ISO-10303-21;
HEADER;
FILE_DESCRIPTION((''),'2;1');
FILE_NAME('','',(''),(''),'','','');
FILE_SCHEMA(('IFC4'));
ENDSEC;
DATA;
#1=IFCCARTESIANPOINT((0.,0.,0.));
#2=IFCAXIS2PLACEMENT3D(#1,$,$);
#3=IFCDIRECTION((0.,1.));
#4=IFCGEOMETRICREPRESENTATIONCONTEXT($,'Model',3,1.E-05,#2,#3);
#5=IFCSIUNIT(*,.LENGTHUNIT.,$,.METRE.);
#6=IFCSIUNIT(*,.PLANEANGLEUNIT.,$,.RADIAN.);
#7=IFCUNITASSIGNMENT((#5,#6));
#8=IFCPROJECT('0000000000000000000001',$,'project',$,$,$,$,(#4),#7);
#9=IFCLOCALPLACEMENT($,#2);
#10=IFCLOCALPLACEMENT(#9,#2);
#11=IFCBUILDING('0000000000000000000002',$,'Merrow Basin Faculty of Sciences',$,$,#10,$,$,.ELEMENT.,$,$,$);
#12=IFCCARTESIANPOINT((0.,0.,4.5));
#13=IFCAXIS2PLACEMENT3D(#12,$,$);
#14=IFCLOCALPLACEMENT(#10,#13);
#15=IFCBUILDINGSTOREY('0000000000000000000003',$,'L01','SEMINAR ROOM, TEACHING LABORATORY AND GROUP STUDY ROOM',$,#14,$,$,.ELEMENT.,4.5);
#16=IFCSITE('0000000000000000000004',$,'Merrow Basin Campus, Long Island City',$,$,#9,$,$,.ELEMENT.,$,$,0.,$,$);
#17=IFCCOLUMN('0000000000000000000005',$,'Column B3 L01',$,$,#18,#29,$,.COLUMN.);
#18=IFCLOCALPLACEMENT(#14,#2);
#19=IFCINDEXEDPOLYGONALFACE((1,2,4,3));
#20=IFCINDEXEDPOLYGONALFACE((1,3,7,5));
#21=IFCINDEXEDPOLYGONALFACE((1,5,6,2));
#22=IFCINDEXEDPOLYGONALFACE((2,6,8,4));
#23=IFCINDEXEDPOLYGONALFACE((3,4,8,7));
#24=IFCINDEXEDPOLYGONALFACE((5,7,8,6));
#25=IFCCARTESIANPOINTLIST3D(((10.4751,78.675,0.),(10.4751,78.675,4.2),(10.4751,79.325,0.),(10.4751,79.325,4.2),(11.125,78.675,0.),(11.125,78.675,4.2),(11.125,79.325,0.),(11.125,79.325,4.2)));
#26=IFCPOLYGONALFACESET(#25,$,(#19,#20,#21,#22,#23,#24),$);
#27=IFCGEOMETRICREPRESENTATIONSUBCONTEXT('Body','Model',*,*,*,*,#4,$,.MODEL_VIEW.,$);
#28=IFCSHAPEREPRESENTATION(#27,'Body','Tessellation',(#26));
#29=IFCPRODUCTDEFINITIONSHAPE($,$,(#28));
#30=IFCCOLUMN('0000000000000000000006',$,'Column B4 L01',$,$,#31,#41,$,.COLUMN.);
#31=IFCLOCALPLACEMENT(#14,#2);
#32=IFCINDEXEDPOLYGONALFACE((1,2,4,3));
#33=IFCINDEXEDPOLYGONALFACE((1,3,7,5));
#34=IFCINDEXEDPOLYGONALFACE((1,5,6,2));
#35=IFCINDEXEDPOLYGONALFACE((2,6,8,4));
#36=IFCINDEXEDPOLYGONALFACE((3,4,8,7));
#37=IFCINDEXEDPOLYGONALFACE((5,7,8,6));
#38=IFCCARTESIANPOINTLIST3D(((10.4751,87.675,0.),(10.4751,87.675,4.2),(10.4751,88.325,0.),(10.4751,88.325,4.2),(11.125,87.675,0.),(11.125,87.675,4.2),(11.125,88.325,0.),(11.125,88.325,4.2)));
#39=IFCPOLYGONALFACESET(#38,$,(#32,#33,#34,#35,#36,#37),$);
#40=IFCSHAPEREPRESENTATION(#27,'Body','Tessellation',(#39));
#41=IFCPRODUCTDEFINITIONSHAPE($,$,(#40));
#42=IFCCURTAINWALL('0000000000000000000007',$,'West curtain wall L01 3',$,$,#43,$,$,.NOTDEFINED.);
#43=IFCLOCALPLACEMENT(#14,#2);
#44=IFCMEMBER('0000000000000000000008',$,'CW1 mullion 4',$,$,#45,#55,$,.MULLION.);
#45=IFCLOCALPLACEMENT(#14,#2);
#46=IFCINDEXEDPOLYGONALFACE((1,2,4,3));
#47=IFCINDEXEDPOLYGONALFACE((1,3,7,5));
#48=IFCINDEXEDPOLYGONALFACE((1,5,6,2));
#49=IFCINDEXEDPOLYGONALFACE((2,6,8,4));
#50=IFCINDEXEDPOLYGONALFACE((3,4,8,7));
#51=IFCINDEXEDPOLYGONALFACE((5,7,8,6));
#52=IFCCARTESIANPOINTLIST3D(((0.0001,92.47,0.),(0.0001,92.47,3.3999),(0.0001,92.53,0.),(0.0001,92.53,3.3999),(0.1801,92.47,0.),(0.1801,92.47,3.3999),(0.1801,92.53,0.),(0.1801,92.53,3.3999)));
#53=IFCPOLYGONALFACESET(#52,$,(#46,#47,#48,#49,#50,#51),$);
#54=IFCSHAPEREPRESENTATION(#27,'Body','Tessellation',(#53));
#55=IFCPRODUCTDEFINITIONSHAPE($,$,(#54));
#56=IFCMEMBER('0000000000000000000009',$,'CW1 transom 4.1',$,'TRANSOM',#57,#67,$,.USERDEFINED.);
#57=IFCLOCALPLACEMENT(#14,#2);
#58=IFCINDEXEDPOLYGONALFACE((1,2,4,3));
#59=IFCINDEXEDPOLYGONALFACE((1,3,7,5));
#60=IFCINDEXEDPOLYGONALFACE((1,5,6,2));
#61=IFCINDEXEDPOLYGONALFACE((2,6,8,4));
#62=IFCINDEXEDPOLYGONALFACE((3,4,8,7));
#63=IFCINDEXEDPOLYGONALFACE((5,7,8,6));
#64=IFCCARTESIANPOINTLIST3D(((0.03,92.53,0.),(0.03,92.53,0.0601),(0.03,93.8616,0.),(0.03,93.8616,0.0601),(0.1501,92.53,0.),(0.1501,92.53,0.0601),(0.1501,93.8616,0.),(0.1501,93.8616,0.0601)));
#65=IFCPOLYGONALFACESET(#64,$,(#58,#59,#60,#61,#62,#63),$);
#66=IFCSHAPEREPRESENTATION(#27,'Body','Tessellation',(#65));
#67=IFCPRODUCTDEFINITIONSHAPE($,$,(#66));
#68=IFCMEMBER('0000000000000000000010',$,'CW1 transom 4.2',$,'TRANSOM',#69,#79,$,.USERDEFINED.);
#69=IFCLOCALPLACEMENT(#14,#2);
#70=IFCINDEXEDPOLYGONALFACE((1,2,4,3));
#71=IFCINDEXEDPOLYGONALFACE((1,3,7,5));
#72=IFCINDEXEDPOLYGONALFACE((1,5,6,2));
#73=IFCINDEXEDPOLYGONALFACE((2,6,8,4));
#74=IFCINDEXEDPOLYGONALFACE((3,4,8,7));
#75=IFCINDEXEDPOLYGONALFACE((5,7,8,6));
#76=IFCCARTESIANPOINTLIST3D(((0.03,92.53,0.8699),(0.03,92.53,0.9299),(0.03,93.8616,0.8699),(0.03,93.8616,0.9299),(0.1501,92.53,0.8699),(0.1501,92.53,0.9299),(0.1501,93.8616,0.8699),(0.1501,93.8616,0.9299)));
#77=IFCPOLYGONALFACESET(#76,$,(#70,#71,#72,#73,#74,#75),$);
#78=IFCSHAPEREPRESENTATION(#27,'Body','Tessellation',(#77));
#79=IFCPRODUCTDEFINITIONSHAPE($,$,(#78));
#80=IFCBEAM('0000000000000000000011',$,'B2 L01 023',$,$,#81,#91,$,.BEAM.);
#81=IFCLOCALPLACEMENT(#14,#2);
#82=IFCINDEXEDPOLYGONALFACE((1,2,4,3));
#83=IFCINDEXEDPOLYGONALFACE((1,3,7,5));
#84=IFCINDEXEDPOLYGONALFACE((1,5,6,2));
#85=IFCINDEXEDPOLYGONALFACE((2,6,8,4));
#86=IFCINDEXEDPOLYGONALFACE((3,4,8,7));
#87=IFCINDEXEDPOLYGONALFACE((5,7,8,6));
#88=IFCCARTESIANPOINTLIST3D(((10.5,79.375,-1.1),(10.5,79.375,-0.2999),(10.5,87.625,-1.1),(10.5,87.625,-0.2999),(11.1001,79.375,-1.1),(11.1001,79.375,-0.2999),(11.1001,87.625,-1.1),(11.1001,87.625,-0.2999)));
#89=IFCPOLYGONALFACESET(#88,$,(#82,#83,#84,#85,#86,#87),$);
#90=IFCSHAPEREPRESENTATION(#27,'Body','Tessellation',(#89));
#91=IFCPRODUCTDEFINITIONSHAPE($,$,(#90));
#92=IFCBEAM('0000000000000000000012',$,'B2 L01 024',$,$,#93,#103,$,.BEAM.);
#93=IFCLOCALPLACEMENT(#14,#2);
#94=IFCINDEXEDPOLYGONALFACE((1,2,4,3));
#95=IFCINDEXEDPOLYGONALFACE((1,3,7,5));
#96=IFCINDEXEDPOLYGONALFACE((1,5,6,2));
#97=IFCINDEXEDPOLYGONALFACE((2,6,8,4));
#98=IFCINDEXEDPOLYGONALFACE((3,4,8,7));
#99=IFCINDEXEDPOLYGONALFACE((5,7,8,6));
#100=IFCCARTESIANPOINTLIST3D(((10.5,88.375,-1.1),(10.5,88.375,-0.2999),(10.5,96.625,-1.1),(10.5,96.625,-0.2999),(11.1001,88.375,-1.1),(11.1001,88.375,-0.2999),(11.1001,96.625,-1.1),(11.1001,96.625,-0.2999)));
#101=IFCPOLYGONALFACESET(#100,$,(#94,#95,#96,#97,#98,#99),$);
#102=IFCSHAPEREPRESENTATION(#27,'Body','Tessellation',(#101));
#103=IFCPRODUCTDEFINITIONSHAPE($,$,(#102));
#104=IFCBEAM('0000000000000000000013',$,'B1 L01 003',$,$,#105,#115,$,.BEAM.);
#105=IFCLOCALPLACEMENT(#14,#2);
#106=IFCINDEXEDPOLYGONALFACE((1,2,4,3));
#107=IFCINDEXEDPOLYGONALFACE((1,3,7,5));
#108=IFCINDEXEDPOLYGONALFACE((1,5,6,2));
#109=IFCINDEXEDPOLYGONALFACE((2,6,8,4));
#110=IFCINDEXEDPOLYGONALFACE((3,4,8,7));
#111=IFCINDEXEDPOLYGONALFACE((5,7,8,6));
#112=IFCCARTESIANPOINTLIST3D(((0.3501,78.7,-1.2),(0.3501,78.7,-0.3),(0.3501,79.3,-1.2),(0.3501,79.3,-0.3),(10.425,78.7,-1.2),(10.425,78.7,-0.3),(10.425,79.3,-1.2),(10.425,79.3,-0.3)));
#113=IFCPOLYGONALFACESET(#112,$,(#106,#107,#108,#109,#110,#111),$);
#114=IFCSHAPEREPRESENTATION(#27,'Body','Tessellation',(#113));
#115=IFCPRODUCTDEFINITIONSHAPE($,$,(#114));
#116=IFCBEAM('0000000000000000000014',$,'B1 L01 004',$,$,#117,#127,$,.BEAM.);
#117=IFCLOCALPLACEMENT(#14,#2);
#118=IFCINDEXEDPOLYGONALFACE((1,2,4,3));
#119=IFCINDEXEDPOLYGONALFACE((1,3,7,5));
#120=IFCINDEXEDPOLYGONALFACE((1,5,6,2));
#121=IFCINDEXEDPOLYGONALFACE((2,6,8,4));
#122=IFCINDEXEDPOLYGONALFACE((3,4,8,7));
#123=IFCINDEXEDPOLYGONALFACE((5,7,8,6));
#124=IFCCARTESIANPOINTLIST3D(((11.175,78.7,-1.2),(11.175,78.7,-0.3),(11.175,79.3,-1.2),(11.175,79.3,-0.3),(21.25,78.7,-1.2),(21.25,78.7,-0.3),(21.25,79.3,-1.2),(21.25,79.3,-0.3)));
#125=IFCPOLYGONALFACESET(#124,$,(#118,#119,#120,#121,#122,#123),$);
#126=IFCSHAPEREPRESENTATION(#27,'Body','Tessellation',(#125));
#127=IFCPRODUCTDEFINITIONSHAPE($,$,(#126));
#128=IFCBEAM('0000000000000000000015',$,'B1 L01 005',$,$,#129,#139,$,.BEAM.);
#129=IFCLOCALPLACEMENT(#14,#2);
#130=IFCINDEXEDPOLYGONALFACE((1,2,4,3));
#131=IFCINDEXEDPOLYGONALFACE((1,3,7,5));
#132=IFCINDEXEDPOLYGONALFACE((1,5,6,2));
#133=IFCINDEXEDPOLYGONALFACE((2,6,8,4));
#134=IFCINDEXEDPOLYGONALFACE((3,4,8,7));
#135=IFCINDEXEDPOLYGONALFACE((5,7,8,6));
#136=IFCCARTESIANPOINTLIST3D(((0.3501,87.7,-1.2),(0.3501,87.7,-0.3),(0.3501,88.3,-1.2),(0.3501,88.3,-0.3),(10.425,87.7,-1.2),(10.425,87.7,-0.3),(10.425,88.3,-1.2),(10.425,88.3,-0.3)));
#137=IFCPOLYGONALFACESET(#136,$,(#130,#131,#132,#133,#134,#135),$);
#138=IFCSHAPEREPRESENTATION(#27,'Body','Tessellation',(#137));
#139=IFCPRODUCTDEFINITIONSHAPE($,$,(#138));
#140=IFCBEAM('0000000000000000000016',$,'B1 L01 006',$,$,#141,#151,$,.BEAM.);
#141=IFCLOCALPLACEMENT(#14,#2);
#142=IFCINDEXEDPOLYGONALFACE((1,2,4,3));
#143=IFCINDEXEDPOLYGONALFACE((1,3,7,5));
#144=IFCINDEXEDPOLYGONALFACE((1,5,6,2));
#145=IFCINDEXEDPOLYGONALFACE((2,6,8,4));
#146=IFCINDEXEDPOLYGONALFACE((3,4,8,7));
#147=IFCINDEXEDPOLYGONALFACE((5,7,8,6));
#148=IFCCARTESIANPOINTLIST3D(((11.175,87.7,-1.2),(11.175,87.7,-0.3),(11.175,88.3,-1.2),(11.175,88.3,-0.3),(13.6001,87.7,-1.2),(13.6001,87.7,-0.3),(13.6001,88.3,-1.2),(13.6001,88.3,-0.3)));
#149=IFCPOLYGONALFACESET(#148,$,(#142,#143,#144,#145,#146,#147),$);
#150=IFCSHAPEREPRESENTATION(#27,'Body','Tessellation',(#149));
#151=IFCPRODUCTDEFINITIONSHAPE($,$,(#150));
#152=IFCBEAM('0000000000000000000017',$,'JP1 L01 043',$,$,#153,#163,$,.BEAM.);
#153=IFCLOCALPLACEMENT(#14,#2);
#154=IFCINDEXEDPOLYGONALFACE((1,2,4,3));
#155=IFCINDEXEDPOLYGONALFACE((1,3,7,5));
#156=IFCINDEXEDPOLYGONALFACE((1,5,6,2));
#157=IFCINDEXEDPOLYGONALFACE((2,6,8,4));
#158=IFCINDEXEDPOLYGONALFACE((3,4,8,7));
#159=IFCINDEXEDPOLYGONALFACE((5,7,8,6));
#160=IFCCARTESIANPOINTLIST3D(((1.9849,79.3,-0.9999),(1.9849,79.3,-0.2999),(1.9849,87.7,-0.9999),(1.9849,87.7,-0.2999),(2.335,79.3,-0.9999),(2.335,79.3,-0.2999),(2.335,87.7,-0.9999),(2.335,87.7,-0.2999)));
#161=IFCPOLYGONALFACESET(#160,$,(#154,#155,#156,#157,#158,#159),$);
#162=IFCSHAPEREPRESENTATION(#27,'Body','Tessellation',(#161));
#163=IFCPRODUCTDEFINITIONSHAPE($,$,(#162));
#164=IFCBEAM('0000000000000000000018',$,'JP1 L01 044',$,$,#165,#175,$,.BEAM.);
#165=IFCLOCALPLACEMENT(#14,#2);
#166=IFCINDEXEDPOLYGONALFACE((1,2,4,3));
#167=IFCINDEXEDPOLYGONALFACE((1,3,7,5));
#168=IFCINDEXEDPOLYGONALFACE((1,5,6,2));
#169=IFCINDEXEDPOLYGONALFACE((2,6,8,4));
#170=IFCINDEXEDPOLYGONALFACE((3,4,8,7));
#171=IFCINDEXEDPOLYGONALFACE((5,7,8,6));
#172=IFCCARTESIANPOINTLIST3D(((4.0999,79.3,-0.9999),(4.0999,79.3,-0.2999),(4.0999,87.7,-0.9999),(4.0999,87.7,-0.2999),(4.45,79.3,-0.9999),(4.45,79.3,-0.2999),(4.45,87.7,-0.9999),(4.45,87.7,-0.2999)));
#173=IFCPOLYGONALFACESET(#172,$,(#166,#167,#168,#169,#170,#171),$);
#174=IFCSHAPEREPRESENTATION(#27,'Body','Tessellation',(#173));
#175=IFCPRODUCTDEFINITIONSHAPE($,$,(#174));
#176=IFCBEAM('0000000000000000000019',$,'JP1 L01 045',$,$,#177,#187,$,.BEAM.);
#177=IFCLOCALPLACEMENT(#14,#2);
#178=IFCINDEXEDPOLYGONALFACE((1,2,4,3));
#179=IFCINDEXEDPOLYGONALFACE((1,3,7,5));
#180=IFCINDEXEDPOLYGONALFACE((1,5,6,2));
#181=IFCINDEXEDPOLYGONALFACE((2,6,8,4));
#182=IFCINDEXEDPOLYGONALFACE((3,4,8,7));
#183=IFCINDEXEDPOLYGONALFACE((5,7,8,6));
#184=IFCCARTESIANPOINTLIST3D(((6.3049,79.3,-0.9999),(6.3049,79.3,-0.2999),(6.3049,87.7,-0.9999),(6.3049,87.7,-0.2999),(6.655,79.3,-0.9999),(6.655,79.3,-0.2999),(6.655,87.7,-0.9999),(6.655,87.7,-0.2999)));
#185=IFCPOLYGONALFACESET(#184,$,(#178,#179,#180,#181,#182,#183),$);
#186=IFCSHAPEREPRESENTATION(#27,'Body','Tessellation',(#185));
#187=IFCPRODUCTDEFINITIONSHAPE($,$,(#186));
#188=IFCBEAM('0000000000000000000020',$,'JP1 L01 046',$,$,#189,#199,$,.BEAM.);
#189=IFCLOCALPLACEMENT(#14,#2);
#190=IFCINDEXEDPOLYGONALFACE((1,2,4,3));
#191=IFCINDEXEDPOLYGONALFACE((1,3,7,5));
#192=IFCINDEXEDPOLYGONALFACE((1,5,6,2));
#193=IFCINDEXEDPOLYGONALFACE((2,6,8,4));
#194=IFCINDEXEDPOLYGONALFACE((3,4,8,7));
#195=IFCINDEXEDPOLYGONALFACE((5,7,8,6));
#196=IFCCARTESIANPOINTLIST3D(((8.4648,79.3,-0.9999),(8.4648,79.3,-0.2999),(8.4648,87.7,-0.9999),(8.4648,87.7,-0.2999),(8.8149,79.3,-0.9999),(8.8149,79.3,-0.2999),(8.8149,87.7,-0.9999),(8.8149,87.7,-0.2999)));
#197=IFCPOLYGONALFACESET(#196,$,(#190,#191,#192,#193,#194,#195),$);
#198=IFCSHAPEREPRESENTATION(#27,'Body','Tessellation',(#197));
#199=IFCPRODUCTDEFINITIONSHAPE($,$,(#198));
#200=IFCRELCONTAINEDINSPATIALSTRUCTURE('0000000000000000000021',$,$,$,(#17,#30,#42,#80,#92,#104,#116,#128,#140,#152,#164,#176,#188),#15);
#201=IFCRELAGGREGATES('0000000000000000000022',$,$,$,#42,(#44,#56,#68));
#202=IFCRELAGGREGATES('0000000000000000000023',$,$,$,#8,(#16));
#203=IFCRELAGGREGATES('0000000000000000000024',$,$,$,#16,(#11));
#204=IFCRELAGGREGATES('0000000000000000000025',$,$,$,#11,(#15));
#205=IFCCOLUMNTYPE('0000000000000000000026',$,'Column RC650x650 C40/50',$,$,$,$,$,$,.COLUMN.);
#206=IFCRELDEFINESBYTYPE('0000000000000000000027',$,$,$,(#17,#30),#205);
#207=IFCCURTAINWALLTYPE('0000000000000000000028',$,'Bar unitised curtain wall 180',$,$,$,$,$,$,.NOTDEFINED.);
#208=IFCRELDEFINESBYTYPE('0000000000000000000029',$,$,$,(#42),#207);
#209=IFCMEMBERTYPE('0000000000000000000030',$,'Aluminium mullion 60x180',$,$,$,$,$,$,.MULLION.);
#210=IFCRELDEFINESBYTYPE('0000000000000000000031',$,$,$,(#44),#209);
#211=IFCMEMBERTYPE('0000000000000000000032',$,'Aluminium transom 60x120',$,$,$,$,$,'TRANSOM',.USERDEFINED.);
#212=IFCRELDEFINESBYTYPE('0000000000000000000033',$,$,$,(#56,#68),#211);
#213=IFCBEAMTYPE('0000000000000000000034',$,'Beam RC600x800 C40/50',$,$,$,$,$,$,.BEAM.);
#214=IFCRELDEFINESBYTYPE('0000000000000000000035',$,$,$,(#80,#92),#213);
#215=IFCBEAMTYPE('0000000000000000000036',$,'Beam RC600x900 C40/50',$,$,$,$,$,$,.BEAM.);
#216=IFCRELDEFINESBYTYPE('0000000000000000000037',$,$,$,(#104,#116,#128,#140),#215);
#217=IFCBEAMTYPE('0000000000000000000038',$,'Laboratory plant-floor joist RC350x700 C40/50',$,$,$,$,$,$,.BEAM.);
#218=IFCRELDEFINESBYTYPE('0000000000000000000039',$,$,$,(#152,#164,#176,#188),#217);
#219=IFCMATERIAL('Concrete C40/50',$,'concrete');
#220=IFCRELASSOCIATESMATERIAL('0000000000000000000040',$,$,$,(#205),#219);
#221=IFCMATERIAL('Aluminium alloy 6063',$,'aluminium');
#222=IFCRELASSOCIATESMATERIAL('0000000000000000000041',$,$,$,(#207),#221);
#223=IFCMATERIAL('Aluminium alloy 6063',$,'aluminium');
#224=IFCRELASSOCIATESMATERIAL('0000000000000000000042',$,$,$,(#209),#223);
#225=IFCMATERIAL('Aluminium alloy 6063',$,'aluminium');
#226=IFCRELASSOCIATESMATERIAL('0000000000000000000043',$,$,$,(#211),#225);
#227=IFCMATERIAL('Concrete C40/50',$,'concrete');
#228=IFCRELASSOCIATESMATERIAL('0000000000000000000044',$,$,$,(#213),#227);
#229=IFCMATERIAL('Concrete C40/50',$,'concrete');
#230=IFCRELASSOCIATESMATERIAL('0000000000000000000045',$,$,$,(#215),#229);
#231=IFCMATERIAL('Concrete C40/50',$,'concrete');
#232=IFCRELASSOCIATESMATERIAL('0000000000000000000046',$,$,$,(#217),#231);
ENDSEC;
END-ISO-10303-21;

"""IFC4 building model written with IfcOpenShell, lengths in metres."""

from ifc_helpers import new_model, si_unit, direction, frame, origin, origin_2d, place, context, subcontext, project, spatial, rectangle, extrude, material, material_profile, profile_set, type_object, element, aggregate, save


model = new_model("IFC4")

# Units and contexts
model_context = context("Model", 3, precision=1e-05, world=origin(), true_north=direction((0.0, 1.0)))
body_context = subcontext(model_context, "Body", "Model", "MODEL_VIEW")
ifc_project = project(units=[si_unit("LENGTHUNIT", "METRE"), si_unit("PLANEANGLEUNIT", "RADIAN")], contexts=[model_context])

# Site, building, storey
site_placement = place(None, origin())
site = spatial("IfcSite", under=ifc_project, at=site_placement, Name="Merrow Basin Campus, Long Island City", CompositionType="ELEMENT", RefElevation=0.0)
building_placement = place(site_placement, origin())
building = spatial("IfcBuilding", under=site, at=building_placement, Name="Merrow Basin Faculty of Sciences", CompositionType="ELEMENT")
storey_placement = place(building_placement, frame((0.0, 0.0, 4.5)))
storey = spatial("IfcBuildingStorey", under=building, at=storey_placement, Name="L01", Description="SEMINAR ROOM, TEACHING LABORATORY AND GROUP STUDY ROOM", CompositionType="ELEMENT", Elevation=4.5)

# Columns
ifc_material_1 = material(Name="Concrete C40/50", Category="concrete")
ifc_material_profile_1 = material_profile(ifc_material_1, rectangle(XDim=0.6499, YDim=0.6499, at=origin_2d()))
ifc_profile_set_1 = profile_set([ifc_material_profile_1], Name="Concrete C40/50")
column_type = type_object("IfcColumnType", Name="Column RC650x650 C40/50", PredefinedType="COLUMN", material=ifc_profile_set_1)
for number, where, z_axis, x_axis, name in (
    (1, (10.8, 79.0, 0.0), (0.0, 0.0, 1.0), (1.0, 0.0, 0.0), "Column B3 L01"),
    (2, (10.8, 88.0, 0.0), (0.0, 0.0, 1.0), (1.0, 0.0, 0.0), "Column B4 L01"),
):
    element("IfcColumn", number, at=place(storey_placement, frame(where, z_axis=z_axis, x_axis=x_axis)), inside=storey, type_object=column_type, Name=name, PredefinedType="COLUMN", context=body_context, shape_type="SweptSolid", body=[
        extrude(rectangle(XDim=0.6499, YDim=0.6499, at=origin_2d()), origin(), (0.0, 0.0, 1.0), 4.2),
    ])

# Curtain wall, members
ifc_material_2 = material(Name="Aluminium alloy 6063", Category="aluminium")
curtain_wall_type = type_object("IfcCurtainWallType", Name="Bar unitised curtain wall 180", PredefinedType="NOTDEFINED", material=ifc_material_2)
curtain_wall_placement = place(storey_placement, origin())
curtain_wall = element("IfcCurtainWall", 3, at=curtain_wall_placement, inside=storey, type_object=curtain_wall_type, Name="West curtain wall L01 3", PredefinedType="NOTDEFINED")
ifc_material_3 = material(Name="Aluminium alloy 6063", Category="aluminium")
ifc_material_profile_2 = material_profile(ifc_material_3, rectangle(XDim=0.1799, YDim=0.0601, at=origin_2d()))
ifc_profile_set_2 = profile_set([ifc_material_profile_2], Name="Aluminium alloy 6063")
member_type_1 = type_object("IfcMemberType", Name="Aluminium mullion 60x180", PredefinedType="MULLION", material=ifc_profile_set_2)
member_1_placement = place(storey_placement, frame((0.0901, 92.5, 0.0), z_axis=(0.0, 0.0, 1.0), x_axis=(-1.0, 0.0, 0.0)))
member_1 = element("IfcMember", 4, at=member_1_placement, type_object=member_type_1, Name="CW1 mullion 4", PredefinedType="MULLION", context=body_context, shape_type="SweptSolid", body=[
    extrude(rectangle(XDim=0.1799, YDim=0.0601, at=origin_2d()), origin(), (0.0, 0.0, 1.0), 3.3999),
])
ifc_material_4 = material(Name="Aluminium alloy 6063", Category="aluminium")
ifc_material_profile_3 = material_profile(ifc_material_4, rectangle(XDim=0.1201, YDim=0.0601, at=origin_2d()))
ifc_profile_set_3 = profile_set([ifc_material_profile_3], Name="Aluminium alloy 6063")
member_type_2 = type_object("IfcMemberType", Name="Aluminium transom 60x120", ElementType="TRANSOM", PredefinedType="USERDEFINED", material=ifc_profile_set_3)
member_2_placement = place(storey_placement, frame((0.0901, 92.53, 0.03), z_axis=(0.0, 1.0, 0.0), x_axis=(-1.0, 0.0, 0.0)))
member_2 = element("IfcMember", 5, at=member_2_placement, type_object=member_type_2, Name="CW1 transom 4.1", ObjectType="TRANSOM", PredefinedType="USERDEFINED", context=body_context, shape_type="SweptSolid", body=[
    extrude(rectangle(XDim=0.1201, YDim=0.0601, at=origin_2d()), origin(), (0.0, 0.0, 1.0), 1.3315),
])
member_3_placement = place(storey_placement, frame((0.0901, 92.53, 0.8999), z_axis=(0.0, 1.0, 0.0), x_axis=(-1.0, 0.0, 0.0)))
member_3 = element("IfcMember", 6, at=member_3_placement, type_object=member_type_2, Name="CW1 transom 4.2", ObjectType="TRANSOM", PredefinedType="USERDEFINED", context=body_context, shape_type="SweptSolid", body=[
    extrude(rectangle(XDim=0.1201, YDim=0.0601, at=origin_2d()), origin(), (0.0, 0.0, 1.0), 1.3315),
])

# Beams
ifc_material_5 = material(Name="Concrete C40/50", Category="concrete")
ifc_material_profile_4 = material_profile(ifc_material_5, rectangle(XDim=0.6001, YDim=0.8, at=origin_2d()))
ifc_profile_set_4 = profile_set([ifc_material_profile_4], Name="Concrete C40/50")
beam_type_1 = type_object("IfcBeamType", Name="Beam RC600x800 C40/50", PredefinedType="BEAM", material=ifc_profile_set_4)
for number, where, z_axis, x_axis, name in (
    (7, (10.8, 79.375, -0.7), (0.0, 1.0, 0.0), (-1.0, 0.0, 0.0), "B2 L01 023"),
    (8, (10.8, 88.375, -0.7), (0.0, 1.0, 0.0), (-1.0, 0.0, 0.0), "B2 L01 024"),
):
    element("IfcBeam", number, at=place(storey_placement, frame(where, z_axis=z_axis, x_axis=x_axis)), inside=storey, type_object=beam_type_1, Name=name, PredefinedType="BEAM", context=body_context, shape_type="SweptSolid", body=[
        extrude(rectangle(XDim=0.6001, YDim=0.8, at=origin_2d()), origin(), (0.0, 0.0, 1.0), 8.25),
    ])
ifc_material_6 = material(Name="Concrete C40/50", Category="concrete")
ifc_material_profile_5 = material_profile(ifc_material_6, rectangle(XDim=0.6001, YDim=0.8999, at=origin_2d()))
ifc_profile_set_5 = profile_set([ifc_material_profile_5], Name="Concrete C40/50")
beam_type_2 = type_object("IfcBeamType", Name="Beam RC600x900 C40/50", PredefinedType="BEAM", material=ifc_profile_set_5)
for number, where, z_axis, x_axis, name in (
    (9, (0.3501, 79.0, -0.75), (1.0, 0.0, 0.0), (0.0, 1.0, 0.0), "B1 L01 003"),
    (10, (11.175, 79.0, -0.75), (1.0, 0.0, 0.0), (0.0, 1.0, 0.0), "B1 L01 004"),
    (11, (0.3501, 88.0, -0.75), (1.0, 0.0, 0.0), (0.0, 1.0, 0.0), "B1 L01 005"),
):
    element("IfcBeam", number, at=place(storey_placement, frame(where, z_axis=z_axis, x_axis=x_axis)), inside=storey, type_object=beam_type_2, Name=name, PredefinedType="BEAM", context=body_context, shape_type="SweptSolid", body=[
        extrude(rectangle(XDim=0.6001, YDim=0.8999, at=origin_2d()), origin(), (0.0, 0.0, 1.0), 10.075),
    ])
beam_placement = place(storey_placement, frame((11.175, 88.0, -0.75), z_axis=(1.0, 0.0, 0.0), x_axis=(0.0, 1.0, 0.0)))
element("IfcBeam", 12, at=beam_placement, inside=storey, type_object=beam_type_2, Name="B1 L01 006", PredefinedType="BEAM", context=body_context, shape_type="SweptSolid", body=[
    extrude(rectangle(XDim=0.6001, YDim=0.8999, at=origin_2d()), origin(), (0.0, 0.0, 1.0), 2.425),
])
ifc_material_7 = material(Name="Concrete C40/50", Category="concrete")
ifc_material_profile_6 = material_profile(ifc_material_7, rectangle(XDim=0.3501, YDim=0.7, at=origin_2d()))
ifc_profile_set_6 = profile_set([ifc_material_profile_6], Name="Concrete C40/50")
beam_type_3 = type_object("IfcBeamType", Name="Laboratory plant-floor joist RC350x700 C40/50", PredefinedType="BEAM", material=ifc_profile_set_6)
for number, where, z_axis, x_axis, name in (
    (13, (2.1599, 79.3, -0.6499), (0.0, 1.0, 0.0), (-1.0, 0.0, 0.0), "JP1 L01 043"),
    (14, (4.2749, 79.3, -0.6499), (0.0, 1.0, 0.0), (-1.0, 0.0, 0.0), "JP1 L01 044"),
    (15, (6.48, 79.3, -0.6499), (0.0, 1.0, 0.0), (-1.0, 0.0, 0.0), "JP1 L01 045"),
    (16, (8.6399, 79.3, -0.6499), (0.0, 1.0, 0.0), (-1.0, 0.0, 0.0), "JP1 L01 046"),
):
    element("IfcBeam", number, at=place(storey_placement, frame(where, z_axis=z_axis, x_axis=x_axis)), inside=storey, type_object=beam_type_3, Name=name, PredefinedType="BEAM", context=body_context, shape_type="SweptSolid", body=[
        extrude(rectangle(XDim=0.3501, YDim=0.7, at=origin_2d()), origin(), (0.0, 0.0, 1.0), 8.3999),
    ])

aggregate(curtain_wall, [member_1, member_2, member_3])

save(model, "model.ifc")
